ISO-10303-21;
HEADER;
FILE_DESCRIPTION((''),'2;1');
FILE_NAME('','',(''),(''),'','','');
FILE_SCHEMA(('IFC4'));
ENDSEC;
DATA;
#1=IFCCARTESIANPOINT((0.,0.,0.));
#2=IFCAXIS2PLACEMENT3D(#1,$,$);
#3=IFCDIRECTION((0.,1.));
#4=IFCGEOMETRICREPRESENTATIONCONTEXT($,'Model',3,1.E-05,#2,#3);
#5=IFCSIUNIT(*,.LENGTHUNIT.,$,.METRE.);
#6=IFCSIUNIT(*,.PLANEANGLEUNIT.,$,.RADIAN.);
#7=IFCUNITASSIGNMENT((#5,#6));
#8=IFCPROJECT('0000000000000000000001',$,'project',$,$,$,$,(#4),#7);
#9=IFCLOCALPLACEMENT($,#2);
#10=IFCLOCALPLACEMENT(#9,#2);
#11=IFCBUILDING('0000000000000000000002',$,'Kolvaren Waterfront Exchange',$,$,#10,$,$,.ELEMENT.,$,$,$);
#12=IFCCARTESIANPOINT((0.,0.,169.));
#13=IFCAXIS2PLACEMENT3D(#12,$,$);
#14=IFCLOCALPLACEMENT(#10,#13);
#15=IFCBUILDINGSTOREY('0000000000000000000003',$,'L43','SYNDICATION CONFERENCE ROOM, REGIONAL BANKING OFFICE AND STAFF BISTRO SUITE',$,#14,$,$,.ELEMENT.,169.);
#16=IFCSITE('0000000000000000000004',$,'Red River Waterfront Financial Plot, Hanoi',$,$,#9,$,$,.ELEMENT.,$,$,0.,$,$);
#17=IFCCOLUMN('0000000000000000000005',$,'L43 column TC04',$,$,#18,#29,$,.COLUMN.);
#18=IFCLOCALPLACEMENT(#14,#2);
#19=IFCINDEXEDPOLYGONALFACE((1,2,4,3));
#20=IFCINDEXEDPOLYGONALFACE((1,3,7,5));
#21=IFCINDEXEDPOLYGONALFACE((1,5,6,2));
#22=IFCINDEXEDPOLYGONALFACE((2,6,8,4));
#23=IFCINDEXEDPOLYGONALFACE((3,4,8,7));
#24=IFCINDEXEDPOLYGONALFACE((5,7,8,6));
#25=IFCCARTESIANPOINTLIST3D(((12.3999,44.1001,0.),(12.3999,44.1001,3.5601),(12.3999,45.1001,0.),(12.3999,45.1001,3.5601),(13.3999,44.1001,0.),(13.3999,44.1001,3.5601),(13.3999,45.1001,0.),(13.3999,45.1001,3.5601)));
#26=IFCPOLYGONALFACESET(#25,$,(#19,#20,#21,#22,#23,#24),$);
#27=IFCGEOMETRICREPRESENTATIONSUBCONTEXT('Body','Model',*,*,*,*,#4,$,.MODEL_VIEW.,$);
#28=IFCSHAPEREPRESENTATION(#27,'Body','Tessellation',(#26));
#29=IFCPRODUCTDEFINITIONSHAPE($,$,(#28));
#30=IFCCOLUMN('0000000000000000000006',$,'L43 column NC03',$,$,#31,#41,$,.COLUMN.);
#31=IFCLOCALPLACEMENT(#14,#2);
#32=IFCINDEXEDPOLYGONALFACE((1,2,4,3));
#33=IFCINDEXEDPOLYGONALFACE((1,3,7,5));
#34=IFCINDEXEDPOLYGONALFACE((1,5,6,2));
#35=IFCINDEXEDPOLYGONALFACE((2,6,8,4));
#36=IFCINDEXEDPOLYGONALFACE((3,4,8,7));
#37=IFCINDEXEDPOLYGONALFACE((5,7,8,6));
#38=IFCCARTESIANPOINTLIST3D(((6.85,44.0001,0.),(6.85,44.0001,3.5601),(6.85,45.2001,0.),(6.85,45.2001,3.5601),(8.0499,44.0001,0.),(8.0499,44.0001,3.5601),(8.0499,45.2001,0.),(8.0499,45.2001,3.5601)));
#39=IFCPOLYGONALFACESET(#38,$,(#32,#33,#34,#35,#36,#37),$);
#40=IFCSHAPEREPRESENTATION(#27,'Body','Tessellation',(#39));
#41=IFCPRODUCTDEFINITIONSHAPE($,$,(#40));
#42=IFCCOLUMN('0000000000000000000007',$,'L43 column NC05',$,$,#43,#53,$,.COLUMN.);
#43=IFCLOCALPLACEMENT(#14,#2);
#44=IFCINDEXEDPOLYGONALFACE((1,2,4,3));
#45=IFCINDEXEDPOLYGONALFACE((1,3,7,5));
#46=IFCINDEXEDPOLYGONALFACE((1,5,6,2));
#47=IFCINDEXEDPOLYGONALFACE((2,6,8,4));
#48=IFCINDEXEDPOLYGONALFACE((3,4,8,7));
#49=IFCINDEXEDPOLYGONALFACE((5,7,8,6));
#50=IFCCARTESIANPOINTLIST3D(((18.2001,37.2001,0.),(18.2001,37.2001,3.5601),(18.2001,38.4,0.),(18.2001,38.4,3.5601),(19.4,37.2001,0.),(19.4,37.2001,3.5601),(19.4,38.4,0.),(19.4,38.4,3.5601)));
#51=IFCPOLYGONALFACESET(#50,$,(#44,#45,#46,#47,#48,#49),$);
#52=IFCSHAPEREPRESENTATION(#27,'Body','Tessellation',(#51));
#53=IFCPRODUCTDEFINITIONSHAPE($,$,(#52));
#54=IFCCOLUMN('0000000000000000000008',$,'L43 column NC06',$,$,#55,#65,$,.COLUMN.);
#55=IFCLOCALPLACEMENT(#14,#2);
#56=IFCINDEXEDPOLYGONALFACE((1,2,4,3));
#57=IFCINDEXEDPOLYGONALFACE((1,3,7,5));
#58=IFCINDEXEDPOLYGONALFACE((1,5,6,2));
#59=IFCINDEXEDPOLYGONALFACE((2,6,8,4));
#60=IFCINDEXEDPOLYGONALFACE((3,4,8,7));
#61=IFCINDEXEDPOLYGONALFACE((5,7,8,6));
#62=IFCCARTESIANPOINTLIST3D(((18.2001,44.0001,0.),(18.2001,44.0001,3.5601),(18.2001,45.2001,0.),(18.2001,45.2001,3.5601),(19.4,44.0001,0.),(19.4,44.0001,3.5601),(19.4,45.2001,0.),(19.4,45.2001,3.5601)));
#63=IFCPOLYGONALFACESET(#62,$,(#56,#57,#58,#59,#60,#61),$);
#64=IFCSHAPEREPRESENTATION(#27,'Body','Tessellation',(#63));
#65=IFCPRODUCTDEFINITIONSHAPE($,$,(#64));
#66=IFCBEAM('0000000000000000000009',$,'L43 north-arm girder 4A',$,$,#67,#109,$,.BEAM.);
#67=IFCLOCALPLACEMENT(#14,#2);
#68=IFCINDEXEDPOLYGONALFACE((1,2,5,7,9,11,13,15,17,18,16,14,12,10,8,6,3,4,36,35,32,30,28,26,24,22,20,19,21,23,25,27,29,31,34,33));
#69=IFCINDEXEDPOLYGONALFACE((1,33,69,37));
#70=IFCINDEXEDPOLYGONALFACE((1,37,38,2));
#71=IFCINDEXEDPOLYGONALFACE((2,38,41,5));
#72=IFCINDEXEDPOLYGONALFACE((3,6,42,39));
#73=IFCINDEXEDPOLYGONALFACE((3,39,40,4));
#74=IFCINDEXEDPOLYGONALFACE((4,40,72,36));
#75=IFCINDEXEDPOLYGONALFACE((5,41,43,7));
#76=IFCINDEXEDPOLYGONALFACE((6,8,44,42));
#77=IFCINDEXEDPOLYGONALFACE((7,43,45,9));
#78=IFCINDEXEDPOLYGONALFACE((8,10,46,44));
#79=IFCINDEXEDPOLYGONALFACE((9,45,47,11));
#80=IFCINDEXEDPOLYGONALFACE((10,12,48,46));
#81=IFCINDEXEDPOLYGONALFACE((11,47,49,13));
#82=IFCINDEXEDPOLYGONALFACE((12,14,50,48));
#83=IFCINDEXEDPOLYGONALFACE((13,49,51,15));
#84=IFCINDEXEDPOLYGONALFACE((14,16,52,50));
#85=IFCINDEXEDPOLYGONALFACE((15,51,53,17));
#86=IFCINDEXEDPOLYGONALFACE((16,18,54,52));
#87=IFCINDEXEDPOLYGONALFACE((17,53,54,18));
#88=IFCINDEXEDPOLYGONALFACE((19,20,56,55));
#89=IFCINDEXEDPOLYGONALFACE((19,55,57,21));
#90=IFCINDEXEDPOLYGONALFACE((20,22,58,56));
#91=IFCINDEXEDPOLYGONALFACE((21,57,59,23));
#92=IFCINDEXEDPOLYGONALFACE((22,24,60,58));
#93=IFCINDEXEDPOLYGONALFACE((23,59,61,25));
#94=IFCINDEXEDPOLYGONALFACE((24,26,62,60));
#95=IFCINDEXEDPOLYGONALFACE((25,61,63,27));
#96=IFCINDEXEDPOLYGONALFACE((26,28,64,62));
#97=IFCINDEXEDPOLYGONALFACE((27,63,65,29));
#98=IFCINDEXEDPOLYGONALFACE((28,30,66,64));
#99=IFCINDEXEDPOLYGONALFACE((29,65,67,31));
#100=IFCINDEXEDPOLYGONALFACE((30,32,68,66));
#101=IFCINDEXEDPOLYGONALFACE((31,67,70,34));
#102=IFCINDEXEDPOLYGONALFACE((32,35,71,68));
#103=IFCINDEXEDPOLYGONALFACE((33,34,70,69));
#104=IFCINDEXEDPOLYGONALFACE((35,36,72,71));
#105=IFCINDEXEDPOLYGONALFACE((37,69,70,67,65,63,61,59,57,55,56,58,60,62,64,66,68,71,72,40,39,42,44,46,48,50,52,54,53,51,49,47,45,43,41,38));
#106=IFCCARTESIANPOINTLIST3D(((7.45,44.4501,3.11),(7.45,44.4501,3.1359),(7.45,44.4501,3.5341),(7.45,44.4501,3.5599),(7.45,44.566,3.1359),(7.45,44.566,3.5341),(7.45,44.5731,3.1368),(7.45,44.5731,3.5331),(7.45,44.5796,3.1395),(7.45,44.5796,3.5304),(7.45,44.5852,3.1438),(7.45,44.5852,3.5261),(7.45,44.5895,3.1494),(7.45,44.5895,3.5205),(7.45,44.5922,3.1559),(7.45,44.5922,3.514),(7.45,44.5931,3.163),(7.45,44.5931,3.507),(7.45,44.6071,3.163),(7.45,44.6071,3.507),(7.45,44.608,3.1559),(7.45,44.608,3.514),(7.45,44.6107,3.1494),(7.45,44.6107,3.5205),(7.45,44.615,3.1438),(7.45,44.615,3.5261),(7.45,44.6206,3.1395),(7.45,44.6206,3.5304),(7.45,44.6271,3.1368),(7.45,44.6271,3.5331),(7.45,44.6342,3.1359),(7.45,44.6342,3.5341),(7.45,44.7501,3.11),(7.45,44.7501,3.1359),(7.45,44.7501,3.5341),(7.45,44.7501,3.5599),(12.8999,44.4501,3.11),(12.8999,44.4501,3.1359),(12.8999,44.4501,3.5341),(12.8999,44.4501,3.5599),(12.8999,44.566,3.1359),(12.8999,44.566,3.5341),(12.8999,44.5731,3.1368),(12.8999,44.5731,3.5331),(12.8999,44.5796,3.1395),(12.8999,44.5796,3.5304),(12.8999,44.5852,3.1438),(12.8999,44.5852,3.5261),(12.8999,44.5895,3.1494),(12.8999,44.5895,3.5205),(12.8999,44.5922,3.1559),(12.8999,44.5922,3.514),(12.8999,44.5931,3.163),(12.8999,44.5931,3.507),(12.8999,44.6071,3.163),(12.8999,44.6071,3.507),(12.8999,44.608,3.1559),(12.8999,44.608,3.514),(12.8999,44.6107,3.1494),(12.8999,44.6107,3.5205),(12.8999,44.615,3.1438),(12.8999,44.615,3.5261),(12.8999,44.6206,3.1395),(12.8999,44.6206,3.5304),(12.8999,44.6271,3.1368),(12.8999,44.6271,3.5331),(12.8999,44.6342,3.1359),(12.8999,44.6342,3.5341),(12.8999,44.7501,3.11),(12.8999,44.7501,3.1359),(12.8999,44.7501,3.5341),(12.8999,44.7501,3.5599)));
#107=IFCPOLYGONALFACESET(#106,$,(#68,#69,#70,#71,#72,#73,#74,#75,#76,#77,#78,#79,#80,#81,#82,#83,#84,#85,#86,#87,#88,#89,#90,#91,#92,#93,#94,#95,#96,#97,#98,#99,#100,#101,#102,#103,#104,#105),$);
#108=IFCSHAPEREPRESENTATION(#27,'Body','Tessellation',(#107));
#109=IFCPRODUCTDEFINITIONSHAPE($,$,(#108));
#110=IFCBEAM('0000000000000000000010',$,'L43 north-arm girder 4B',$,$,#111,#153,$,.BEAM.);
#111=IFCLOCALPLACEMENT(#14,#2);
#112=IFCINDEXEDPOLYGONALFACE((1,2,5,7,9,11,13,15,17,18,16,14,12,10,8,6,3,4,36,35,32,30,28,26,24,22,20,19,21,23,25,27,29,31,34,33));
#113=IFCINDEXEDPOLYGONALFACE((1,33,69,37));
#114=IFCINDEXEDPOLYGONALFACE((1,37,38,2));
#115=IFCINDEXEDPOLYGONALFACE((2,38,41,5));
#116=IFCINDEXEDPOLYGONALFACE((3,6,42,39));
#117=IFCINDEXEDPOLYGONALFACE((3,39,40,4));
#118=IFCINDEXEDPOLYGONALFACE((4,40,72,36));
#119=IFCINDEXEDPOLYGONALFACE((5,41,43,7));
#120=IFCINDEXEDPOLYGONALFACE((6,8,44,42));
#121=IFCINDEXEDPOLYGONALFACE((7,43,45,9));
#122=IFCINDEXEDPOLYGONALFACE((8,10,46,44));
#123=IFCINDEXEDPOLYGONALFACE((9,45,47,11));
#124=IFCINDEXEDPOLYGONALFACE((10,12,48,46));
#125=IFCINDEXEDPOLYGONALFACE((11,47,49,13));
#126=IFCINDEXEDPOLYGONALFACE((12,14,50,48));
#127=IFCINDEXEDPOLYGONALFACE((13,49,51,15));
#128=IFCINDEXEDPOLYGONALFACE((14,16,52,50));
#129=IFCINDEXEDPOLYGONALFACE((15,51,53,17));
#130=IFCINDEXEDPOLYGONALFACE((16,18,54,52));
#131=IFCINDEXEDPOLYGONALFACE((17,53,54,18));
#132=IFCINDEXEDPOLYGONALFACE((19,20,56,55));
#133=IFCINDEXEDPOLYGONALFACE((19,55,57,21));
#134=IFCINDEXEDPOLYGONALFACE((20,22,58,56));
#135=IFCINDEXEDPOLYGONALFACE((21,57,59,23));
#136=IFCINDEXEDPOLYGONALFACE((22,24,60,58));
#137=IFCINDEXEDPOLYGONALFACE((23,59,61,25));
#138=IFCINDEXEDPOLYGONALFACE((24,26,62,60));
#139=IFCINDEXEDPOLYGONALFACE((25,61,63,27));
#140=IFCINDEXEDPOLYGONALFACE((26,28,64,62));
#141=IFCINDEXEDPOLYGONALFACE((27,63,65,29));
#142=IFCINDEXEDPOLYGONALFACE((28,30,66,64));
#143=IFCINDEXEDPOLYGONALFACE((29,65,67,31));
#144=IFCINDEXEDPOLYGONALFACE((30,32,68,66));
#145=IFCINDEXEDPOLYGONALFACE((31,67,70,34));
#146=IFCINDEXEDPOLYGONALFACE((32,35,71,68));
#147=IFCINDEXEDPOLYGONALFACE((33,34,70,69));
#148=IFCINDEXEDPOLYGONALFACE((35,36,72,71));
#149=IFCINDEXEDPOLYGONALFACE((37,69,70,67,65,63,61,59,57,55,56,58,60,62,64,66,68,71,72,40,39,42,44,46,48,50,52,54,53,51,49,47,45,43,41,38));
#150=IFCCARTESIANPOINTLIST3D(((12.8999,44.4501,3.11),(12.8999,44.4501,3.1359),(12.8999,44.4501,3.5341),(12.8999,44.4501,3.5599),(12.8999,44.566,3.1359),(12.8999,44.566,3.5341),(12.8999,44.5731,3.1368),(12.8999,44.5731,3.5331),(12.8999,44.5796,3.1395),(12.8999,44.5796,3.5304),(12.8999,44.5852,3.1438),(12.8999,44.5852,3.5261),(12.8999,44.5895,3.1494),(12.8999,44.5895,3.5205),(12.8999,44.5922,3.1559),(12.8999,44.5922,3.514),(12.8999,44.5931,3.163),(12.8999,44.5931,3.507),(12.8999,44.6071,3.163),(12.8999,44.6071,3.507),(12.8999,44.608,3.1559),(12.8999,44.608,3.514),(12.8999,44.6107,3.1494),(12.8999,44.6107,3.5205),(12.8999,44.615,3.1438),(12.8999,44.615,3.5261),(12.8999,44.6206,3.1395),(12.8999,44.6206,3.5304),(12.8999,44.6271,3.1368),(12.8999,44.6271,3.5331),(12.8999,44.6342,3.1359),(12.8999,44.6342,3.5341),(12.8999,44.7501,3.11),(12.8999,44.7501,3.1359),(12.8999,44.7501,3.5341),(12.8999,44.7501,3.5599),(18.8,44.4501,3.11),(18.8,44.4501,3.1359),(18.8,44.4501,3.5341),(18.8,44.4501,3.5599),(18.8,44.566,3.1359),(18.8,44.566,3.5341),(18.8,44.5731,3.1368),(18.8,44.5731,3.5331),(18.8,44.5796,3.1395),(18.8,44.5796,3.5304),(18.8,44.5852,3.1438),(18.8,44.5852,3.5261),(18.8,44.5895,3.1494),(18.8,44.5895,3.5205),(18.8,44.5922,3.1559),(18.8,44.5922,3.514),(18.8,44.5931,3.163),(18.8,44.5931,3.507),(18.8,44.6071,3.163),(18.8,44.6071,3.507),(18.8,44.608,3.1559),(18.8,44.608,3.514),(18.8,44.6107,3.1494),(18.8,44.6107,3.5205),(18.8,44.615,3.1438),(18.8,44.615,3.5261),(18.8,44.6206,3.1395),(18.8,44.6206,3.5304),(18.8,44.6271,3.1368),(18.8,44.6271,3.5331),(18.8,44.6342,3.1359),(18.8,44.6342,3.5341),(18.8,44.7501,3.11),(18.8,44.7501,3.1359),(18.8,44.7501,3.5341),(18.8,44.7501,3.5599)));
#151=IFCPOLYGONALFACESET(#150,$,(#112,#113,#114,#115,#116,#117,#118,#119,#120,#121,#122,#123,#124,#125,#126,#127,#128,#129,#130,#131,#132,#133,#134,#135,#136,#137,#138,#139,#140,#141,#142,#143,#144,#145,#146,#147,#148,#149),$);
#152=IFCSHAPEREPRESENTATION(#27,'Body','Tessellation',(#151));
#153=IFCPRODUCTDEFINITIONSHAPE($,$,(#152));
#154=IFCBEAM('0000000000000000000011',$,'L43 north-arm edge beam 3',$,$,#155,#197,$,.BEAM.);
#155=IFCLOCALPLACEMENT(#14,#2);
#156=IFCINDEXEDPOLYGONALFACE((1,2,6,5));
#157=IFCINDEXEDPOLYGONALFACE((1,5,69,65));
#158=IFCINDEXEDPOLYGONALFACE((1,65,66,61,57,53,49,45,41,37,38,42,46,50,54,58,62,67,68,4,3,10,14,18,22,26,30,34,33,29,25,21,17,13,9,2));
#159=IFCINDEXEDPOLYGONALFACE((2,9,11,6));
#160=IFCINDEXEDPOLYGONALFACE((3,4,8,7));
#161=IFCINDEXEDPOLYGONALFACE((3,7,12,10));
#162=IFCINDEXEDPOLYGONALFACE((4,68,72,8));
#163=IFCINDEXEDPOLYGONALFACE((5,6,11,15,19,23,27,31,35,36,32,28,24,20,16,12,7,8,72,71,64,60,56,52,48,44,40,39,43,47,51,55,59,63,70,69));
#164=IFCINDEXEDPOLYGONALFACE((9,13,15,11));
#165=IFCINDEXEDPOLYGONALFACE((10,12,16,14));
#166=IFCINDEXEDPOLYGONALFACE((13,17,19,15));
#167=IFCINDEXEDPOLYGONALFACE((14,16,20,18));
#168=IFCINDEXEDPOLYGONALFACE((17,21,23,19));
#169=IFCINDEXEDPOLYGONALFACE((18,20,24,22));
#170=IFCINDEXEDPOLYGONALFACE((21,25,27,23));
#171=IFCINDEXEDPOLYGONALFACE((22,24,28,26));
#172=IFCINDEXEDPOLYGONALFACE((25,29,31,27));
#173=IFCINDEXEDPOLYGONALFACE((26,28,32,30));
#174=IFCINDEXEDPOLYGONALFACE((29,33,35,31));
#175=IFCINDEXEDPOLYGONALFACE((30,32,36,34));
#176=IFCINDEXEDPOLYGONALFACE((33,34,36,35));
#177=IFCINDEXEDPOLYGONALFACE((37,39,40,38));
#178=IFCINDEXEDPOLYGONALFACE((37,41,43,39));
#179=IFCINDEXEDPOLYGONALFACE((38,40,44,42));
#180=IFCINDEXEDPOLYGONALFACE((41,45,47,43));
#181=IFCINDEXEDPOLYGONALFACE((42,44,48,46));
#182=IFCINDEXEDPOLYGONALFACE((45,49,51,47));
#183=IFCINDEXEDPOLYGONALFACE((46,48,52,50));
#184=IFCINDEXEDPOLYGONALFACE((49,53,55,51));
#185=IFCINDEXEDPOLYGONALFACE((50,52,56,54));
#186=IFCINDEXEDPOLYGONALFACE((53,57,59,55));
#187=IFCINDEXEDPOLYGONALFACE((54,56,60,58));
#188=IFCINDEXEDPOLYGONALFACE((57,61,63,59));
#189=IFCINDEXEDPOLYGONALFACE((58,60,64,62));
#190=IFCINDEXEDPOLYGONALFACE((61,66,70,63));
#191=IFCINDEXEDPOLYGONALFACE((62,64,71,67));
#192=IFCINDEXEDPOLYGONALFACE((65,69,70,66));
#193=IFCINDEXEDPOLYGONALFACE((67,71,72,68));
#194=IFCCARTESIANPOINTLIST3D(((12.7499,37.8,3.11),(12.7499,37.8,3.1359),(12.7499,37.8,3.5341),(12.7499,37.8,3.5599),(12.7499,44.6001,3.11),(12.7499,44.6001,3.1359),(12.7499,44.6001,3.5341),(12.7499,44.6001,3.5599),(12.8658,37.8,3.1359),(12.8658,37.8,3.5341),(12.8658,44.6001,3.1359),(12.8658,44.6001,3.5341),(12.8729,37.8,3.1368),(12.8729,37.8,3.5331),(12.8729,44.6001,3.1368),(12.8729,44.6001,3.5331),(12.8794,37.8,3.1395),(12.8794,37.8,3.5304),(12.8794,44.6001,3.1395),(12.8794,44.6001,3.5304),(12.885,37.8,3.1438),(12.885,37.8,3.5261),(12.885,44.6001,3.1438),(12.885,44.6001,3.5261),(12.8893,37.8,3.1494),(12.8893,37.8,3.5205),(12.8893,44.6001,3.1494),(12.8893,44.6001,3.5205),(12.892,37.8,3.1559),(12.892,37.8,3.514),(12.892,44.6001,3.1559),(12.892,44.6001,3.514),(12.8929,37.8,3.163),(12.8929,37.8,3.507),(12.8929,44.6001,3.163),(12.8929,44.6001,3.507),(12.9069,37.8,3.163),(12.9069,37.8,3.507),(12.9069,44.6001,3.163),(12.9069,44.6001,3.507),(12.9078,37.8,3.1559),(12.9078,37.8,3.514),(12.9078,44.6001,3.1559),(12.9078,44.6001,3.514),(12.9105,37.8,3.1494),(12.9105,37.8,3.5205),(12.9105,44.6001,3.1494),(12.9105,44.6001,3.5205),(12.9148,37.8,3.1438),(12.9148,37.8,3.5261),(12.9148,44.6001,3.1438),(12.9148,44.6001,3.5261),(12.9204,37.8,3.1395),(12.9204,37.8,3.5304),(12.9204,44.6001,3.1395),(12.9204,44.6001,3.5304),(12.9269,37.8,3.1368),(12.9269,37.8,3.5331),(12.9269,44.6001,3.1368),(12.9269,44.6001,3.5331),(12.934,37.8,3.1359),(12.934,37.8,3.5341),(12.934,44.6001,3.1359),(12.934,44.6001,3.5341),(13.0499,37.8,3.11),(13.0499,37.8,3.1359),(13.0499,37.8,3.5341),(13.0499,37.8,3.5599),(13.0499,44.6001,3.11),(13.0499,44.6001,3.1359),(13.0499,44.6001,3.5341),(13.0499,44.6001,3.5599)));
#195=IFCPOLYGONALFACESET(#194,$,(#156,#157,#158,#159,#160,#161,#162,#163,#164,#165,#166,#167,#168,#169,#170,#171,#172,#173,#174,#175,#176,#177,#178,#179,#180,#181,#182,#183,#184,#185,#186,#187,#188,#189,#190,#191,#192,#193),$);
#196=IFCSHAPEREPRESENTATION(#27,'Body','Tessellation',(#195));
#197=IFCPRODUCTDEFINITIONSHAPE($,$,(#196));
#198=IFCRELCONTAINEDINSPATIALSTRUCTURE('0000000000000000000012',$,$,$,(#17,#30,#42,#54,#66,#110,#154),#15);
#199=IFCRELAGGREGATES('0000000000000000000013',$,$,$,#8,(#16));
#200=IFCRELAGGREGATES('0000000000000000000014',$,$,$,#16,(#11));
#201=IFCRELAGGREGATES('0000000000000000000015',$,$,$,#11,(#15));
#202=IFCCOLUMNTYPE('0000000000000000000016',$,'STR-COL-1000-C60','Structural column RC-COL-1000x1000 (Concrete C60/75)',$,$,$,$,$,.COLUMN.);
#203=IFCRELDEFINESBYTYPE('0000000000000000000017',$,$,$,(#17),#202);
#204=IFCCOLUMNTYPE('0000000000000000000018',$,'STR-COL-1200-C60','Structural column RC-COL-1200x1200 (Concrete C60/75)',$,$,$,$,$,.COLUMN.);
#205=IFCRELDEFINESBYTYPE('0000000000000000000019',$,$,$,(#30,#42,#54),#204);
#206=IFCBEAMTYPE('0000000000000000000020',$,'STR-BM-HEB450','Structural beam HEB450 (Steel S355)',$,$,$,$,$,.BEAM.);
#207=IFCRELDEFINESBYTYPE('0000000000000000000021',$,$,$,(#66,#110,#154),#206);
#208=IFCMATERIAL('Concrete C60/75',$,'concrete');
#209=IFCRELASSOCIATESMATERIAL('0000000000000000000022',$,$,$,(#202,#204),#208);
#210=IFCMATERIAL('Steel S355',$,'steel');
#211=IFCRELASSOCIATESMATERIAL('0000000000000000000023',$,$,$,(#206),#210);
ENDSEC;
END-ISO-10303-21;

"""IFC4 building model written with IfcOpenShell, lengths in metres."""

from ifc_helpers import new_model, si_unit, direction, frame, origin, origin_2d, place, context, subcontext, project, spatial, rectangle, i_section, extrude, material, material_profile, profile_set, type_object, element, save


model = new_model("IFC4")

# Units and contexts
model_context = context("Model", 3, precision=1e-05, world=origin(), true_north=direction((0.0, 1.0)))
body_context = subcontext(model_context, "Body", "Model", "MODEL_VIEW")
ifc_project = project(units=[si_unit("LENGTHUNIT", "METRE"), si_unit("PLANEANGLEUNIT", "RADIAN")], contexts=[model_context])

# Site, building, storey
site_placement = place(None, origin())
site = spatial("IfcSite", under=ifc_project, at=site_placement, Name="Red River Waterfront Financial Plot, Hanoi", CompositionType="ELEMENT", RefElevation=0.0)
building_placement = place(site_placement, origin())
building = spatial("IfcBuilding", under=site, at=building_placement, Name="Kolvaren Waterfront Exchange", CompositionType="ELEMENT")
storey_placement = place(building_placement, frame((0.0, 0.0, 169.0)))
storey = spatial("IfcBuildingStorey", under=building, at=storey_placement, Name="L43", Description="SYNDICATION CONFERENCE ROOM, REGIONAL BANKING OFFICE AND STAFF BISTRO SUITE", CompositionType="ELEMENT", Elevation=169.0)

# Columns
ifc_material_1 = material(Name="Concrete C60/75", Category="concrete")
ifc_material_profile_1 = material_profile(ifc_material_1, rectangle(XDim=1.0, YDim=1.0, at=origin_2d()), Name="RC-COL-1000x1000")
ifc_profile_set_1 = profile_set([ifc_material_profile_1], Name="Concrete C60/75")
column_type_1 = type_object("IfcColumnType", Name="STR-COL-1000-C60", Description="Structural column RC-COL-1000x1000 (Concrete C60/75)", PredefinedType="COLUMN", material=ifc_profile_set_1)
column_placement = place(storey_placement, frame((12.8999, 44.6001, 0.0), z_axis=(0.0, 0.0, 1.0), x_axis=(1.0, 0.0, 0.0)))
element("IfcColumn", 1, at=column_placement, inside=storey, type_object=column_type_1, Name="L43 column TC04", PredefinedType="COLUMN", context=body_context, shape_type="SweptSolid", body=[
    extrude(rectangle(XDim=1.0, YDim=1.0, at=origin_2d()), origin(), (0.0, 0.0, 1.0), 3.5601),
])
ifc_material_profile_2 = material_profile(ifc_material_1, rectangle(XDim=1.2, YDim=1.2, at=origin_2d()), Name="RC-COL-1200x1200")
ifc_profile_set_2 = profile_set([ifc_material_profile_2], Name="Concrete C60/75")
column_type_2 = type_object("IfcColumnType", Name="STR-COL-1200-C60", Description="Structural column RC-COL-1200x1200 (Concrete C60/75)", PredefinedType="COLUMN", material=ifc_profile_set_2)
for number, where, z_axis, x_axis, name in (
    (2, (7.45, 44.6001, 0.0), (0.0, 0.0, 1.0), (1.0, 0.0, 0.0), "L43 column NC03"),
    (3, (18.8, 37.8, 0.0), (0.0, 0.0, 1.0), (1.0, 0.0, 0.0), "L43 column NC05"),
    (4, (18.8, 44.6001, 0.0), (0.0, 0.0, 1.0), (1.0, 0.0, 0.0), "L43 column NC06"),
):
    element("IfcColumn", number, at=place(storey_placement, frame(where, z_axis=z_axis, x_axis=x_axis)), inside=storey, type_object=column_type_2, Name=name, PredefinedType="COLUMN", context=body_context, shape_type="SweptSolid", body=[
        extrude(rectangle(XDim=1.2, YDim=1.2, at=origin_2d()), origin(), (0.0, 0.0, 1.0), 3.5601),
    ])

# Beams
ifc_material_2 = material(Name="Steel S355", Category="steel")
ifc_material_profile_3 = material_profile(ifc_material_2, i_section(OverallWidth=0.3, OverallDepth=0.45, WebThickness=0.0139, FlangeThickness=0.0259, FilletRadius=0.0271, at=origin_2d()), Name="HEB450")
ifc_profile_set_3 = profile_set([ifc_material_profile_3], Name="Steel S355")
beam_type_1 = type_object("IfcBeamType", Name="STR-BM-HEB450", Description="Structural beam HEB450 (Steel S355)", PredefinedType="BEAM", material=ifc_profile_set_3)
beam_1_placement = place(storey_placement, frame((7.45, 44.6001, 3.335), z_axis=(1.0, 0.0, 0.0), x_axis=(0.0, 1.0, 0.0)))
element("IfcBeam", 5, at=beam_1_placement, inside=storey, type_object=beam_type_1, Name="L43 north-arm girder 4A", PredefinedType="BEAM", context=body_context, shape_type="SweptSolid", body=[
    extrude(i_section(OverallWidth=0.3, OverallDepth=0.45, WebThickness=0.0139, FlangeThickness=0.0259, FilletRadius=0.0271, at=origin_2d()), origin(), (0.0, 0.0, 1.0), 5.45),
])
beam_2_placement = place(storey_placement, frame((12.8999, 44.6001, 3.335), z_axis=(1.0, 0.0, 0.0), x_axis=(0.0, 1.0, 0.0)))
element("IfcBeam", 6, at=beam_2_placement, inside=storey, type_object=beam_type_1, Name="L43 north-arm girder 4B", PredefinedType="BEAM", context=body_context, shape_type="SweptSolid", body=[
    extrude(i_section(OverallWidth=0.3, OverallDepth=0.45, WebThickness=0.0139, FlangeThickness=0.0259, FilletRadius=0.0271, at=origin_2d()), origin(), (0.0, 0.0, 1.0), 5.9001),
])
beam_3_placement = place(storey_placement, frame((12.8999, 37.8, 3.335), z_axis=(0.0, 1.0, 0.0), x_axis=(-1.0, 0.0, 0.0)))
element("IfcBeam", 7, at=beam_3_placement, inside=storey, type_object=beam_type_1, Name="L43 north-arm edge beam 3", PredefinedType="BEAM", context=body_context, shape_type="SweptSolid", body=[
    extrude(i_section(OverallWidth=0.3, OverallDepth=0.45, WebThickness=0.0139, FlangeThickness=0.0259, FilletRadius=0.0271, at=origin_2d()), origin(), (0.0, 0.0, 1.0), 6.8),
])

save(model, "model.ifc")
